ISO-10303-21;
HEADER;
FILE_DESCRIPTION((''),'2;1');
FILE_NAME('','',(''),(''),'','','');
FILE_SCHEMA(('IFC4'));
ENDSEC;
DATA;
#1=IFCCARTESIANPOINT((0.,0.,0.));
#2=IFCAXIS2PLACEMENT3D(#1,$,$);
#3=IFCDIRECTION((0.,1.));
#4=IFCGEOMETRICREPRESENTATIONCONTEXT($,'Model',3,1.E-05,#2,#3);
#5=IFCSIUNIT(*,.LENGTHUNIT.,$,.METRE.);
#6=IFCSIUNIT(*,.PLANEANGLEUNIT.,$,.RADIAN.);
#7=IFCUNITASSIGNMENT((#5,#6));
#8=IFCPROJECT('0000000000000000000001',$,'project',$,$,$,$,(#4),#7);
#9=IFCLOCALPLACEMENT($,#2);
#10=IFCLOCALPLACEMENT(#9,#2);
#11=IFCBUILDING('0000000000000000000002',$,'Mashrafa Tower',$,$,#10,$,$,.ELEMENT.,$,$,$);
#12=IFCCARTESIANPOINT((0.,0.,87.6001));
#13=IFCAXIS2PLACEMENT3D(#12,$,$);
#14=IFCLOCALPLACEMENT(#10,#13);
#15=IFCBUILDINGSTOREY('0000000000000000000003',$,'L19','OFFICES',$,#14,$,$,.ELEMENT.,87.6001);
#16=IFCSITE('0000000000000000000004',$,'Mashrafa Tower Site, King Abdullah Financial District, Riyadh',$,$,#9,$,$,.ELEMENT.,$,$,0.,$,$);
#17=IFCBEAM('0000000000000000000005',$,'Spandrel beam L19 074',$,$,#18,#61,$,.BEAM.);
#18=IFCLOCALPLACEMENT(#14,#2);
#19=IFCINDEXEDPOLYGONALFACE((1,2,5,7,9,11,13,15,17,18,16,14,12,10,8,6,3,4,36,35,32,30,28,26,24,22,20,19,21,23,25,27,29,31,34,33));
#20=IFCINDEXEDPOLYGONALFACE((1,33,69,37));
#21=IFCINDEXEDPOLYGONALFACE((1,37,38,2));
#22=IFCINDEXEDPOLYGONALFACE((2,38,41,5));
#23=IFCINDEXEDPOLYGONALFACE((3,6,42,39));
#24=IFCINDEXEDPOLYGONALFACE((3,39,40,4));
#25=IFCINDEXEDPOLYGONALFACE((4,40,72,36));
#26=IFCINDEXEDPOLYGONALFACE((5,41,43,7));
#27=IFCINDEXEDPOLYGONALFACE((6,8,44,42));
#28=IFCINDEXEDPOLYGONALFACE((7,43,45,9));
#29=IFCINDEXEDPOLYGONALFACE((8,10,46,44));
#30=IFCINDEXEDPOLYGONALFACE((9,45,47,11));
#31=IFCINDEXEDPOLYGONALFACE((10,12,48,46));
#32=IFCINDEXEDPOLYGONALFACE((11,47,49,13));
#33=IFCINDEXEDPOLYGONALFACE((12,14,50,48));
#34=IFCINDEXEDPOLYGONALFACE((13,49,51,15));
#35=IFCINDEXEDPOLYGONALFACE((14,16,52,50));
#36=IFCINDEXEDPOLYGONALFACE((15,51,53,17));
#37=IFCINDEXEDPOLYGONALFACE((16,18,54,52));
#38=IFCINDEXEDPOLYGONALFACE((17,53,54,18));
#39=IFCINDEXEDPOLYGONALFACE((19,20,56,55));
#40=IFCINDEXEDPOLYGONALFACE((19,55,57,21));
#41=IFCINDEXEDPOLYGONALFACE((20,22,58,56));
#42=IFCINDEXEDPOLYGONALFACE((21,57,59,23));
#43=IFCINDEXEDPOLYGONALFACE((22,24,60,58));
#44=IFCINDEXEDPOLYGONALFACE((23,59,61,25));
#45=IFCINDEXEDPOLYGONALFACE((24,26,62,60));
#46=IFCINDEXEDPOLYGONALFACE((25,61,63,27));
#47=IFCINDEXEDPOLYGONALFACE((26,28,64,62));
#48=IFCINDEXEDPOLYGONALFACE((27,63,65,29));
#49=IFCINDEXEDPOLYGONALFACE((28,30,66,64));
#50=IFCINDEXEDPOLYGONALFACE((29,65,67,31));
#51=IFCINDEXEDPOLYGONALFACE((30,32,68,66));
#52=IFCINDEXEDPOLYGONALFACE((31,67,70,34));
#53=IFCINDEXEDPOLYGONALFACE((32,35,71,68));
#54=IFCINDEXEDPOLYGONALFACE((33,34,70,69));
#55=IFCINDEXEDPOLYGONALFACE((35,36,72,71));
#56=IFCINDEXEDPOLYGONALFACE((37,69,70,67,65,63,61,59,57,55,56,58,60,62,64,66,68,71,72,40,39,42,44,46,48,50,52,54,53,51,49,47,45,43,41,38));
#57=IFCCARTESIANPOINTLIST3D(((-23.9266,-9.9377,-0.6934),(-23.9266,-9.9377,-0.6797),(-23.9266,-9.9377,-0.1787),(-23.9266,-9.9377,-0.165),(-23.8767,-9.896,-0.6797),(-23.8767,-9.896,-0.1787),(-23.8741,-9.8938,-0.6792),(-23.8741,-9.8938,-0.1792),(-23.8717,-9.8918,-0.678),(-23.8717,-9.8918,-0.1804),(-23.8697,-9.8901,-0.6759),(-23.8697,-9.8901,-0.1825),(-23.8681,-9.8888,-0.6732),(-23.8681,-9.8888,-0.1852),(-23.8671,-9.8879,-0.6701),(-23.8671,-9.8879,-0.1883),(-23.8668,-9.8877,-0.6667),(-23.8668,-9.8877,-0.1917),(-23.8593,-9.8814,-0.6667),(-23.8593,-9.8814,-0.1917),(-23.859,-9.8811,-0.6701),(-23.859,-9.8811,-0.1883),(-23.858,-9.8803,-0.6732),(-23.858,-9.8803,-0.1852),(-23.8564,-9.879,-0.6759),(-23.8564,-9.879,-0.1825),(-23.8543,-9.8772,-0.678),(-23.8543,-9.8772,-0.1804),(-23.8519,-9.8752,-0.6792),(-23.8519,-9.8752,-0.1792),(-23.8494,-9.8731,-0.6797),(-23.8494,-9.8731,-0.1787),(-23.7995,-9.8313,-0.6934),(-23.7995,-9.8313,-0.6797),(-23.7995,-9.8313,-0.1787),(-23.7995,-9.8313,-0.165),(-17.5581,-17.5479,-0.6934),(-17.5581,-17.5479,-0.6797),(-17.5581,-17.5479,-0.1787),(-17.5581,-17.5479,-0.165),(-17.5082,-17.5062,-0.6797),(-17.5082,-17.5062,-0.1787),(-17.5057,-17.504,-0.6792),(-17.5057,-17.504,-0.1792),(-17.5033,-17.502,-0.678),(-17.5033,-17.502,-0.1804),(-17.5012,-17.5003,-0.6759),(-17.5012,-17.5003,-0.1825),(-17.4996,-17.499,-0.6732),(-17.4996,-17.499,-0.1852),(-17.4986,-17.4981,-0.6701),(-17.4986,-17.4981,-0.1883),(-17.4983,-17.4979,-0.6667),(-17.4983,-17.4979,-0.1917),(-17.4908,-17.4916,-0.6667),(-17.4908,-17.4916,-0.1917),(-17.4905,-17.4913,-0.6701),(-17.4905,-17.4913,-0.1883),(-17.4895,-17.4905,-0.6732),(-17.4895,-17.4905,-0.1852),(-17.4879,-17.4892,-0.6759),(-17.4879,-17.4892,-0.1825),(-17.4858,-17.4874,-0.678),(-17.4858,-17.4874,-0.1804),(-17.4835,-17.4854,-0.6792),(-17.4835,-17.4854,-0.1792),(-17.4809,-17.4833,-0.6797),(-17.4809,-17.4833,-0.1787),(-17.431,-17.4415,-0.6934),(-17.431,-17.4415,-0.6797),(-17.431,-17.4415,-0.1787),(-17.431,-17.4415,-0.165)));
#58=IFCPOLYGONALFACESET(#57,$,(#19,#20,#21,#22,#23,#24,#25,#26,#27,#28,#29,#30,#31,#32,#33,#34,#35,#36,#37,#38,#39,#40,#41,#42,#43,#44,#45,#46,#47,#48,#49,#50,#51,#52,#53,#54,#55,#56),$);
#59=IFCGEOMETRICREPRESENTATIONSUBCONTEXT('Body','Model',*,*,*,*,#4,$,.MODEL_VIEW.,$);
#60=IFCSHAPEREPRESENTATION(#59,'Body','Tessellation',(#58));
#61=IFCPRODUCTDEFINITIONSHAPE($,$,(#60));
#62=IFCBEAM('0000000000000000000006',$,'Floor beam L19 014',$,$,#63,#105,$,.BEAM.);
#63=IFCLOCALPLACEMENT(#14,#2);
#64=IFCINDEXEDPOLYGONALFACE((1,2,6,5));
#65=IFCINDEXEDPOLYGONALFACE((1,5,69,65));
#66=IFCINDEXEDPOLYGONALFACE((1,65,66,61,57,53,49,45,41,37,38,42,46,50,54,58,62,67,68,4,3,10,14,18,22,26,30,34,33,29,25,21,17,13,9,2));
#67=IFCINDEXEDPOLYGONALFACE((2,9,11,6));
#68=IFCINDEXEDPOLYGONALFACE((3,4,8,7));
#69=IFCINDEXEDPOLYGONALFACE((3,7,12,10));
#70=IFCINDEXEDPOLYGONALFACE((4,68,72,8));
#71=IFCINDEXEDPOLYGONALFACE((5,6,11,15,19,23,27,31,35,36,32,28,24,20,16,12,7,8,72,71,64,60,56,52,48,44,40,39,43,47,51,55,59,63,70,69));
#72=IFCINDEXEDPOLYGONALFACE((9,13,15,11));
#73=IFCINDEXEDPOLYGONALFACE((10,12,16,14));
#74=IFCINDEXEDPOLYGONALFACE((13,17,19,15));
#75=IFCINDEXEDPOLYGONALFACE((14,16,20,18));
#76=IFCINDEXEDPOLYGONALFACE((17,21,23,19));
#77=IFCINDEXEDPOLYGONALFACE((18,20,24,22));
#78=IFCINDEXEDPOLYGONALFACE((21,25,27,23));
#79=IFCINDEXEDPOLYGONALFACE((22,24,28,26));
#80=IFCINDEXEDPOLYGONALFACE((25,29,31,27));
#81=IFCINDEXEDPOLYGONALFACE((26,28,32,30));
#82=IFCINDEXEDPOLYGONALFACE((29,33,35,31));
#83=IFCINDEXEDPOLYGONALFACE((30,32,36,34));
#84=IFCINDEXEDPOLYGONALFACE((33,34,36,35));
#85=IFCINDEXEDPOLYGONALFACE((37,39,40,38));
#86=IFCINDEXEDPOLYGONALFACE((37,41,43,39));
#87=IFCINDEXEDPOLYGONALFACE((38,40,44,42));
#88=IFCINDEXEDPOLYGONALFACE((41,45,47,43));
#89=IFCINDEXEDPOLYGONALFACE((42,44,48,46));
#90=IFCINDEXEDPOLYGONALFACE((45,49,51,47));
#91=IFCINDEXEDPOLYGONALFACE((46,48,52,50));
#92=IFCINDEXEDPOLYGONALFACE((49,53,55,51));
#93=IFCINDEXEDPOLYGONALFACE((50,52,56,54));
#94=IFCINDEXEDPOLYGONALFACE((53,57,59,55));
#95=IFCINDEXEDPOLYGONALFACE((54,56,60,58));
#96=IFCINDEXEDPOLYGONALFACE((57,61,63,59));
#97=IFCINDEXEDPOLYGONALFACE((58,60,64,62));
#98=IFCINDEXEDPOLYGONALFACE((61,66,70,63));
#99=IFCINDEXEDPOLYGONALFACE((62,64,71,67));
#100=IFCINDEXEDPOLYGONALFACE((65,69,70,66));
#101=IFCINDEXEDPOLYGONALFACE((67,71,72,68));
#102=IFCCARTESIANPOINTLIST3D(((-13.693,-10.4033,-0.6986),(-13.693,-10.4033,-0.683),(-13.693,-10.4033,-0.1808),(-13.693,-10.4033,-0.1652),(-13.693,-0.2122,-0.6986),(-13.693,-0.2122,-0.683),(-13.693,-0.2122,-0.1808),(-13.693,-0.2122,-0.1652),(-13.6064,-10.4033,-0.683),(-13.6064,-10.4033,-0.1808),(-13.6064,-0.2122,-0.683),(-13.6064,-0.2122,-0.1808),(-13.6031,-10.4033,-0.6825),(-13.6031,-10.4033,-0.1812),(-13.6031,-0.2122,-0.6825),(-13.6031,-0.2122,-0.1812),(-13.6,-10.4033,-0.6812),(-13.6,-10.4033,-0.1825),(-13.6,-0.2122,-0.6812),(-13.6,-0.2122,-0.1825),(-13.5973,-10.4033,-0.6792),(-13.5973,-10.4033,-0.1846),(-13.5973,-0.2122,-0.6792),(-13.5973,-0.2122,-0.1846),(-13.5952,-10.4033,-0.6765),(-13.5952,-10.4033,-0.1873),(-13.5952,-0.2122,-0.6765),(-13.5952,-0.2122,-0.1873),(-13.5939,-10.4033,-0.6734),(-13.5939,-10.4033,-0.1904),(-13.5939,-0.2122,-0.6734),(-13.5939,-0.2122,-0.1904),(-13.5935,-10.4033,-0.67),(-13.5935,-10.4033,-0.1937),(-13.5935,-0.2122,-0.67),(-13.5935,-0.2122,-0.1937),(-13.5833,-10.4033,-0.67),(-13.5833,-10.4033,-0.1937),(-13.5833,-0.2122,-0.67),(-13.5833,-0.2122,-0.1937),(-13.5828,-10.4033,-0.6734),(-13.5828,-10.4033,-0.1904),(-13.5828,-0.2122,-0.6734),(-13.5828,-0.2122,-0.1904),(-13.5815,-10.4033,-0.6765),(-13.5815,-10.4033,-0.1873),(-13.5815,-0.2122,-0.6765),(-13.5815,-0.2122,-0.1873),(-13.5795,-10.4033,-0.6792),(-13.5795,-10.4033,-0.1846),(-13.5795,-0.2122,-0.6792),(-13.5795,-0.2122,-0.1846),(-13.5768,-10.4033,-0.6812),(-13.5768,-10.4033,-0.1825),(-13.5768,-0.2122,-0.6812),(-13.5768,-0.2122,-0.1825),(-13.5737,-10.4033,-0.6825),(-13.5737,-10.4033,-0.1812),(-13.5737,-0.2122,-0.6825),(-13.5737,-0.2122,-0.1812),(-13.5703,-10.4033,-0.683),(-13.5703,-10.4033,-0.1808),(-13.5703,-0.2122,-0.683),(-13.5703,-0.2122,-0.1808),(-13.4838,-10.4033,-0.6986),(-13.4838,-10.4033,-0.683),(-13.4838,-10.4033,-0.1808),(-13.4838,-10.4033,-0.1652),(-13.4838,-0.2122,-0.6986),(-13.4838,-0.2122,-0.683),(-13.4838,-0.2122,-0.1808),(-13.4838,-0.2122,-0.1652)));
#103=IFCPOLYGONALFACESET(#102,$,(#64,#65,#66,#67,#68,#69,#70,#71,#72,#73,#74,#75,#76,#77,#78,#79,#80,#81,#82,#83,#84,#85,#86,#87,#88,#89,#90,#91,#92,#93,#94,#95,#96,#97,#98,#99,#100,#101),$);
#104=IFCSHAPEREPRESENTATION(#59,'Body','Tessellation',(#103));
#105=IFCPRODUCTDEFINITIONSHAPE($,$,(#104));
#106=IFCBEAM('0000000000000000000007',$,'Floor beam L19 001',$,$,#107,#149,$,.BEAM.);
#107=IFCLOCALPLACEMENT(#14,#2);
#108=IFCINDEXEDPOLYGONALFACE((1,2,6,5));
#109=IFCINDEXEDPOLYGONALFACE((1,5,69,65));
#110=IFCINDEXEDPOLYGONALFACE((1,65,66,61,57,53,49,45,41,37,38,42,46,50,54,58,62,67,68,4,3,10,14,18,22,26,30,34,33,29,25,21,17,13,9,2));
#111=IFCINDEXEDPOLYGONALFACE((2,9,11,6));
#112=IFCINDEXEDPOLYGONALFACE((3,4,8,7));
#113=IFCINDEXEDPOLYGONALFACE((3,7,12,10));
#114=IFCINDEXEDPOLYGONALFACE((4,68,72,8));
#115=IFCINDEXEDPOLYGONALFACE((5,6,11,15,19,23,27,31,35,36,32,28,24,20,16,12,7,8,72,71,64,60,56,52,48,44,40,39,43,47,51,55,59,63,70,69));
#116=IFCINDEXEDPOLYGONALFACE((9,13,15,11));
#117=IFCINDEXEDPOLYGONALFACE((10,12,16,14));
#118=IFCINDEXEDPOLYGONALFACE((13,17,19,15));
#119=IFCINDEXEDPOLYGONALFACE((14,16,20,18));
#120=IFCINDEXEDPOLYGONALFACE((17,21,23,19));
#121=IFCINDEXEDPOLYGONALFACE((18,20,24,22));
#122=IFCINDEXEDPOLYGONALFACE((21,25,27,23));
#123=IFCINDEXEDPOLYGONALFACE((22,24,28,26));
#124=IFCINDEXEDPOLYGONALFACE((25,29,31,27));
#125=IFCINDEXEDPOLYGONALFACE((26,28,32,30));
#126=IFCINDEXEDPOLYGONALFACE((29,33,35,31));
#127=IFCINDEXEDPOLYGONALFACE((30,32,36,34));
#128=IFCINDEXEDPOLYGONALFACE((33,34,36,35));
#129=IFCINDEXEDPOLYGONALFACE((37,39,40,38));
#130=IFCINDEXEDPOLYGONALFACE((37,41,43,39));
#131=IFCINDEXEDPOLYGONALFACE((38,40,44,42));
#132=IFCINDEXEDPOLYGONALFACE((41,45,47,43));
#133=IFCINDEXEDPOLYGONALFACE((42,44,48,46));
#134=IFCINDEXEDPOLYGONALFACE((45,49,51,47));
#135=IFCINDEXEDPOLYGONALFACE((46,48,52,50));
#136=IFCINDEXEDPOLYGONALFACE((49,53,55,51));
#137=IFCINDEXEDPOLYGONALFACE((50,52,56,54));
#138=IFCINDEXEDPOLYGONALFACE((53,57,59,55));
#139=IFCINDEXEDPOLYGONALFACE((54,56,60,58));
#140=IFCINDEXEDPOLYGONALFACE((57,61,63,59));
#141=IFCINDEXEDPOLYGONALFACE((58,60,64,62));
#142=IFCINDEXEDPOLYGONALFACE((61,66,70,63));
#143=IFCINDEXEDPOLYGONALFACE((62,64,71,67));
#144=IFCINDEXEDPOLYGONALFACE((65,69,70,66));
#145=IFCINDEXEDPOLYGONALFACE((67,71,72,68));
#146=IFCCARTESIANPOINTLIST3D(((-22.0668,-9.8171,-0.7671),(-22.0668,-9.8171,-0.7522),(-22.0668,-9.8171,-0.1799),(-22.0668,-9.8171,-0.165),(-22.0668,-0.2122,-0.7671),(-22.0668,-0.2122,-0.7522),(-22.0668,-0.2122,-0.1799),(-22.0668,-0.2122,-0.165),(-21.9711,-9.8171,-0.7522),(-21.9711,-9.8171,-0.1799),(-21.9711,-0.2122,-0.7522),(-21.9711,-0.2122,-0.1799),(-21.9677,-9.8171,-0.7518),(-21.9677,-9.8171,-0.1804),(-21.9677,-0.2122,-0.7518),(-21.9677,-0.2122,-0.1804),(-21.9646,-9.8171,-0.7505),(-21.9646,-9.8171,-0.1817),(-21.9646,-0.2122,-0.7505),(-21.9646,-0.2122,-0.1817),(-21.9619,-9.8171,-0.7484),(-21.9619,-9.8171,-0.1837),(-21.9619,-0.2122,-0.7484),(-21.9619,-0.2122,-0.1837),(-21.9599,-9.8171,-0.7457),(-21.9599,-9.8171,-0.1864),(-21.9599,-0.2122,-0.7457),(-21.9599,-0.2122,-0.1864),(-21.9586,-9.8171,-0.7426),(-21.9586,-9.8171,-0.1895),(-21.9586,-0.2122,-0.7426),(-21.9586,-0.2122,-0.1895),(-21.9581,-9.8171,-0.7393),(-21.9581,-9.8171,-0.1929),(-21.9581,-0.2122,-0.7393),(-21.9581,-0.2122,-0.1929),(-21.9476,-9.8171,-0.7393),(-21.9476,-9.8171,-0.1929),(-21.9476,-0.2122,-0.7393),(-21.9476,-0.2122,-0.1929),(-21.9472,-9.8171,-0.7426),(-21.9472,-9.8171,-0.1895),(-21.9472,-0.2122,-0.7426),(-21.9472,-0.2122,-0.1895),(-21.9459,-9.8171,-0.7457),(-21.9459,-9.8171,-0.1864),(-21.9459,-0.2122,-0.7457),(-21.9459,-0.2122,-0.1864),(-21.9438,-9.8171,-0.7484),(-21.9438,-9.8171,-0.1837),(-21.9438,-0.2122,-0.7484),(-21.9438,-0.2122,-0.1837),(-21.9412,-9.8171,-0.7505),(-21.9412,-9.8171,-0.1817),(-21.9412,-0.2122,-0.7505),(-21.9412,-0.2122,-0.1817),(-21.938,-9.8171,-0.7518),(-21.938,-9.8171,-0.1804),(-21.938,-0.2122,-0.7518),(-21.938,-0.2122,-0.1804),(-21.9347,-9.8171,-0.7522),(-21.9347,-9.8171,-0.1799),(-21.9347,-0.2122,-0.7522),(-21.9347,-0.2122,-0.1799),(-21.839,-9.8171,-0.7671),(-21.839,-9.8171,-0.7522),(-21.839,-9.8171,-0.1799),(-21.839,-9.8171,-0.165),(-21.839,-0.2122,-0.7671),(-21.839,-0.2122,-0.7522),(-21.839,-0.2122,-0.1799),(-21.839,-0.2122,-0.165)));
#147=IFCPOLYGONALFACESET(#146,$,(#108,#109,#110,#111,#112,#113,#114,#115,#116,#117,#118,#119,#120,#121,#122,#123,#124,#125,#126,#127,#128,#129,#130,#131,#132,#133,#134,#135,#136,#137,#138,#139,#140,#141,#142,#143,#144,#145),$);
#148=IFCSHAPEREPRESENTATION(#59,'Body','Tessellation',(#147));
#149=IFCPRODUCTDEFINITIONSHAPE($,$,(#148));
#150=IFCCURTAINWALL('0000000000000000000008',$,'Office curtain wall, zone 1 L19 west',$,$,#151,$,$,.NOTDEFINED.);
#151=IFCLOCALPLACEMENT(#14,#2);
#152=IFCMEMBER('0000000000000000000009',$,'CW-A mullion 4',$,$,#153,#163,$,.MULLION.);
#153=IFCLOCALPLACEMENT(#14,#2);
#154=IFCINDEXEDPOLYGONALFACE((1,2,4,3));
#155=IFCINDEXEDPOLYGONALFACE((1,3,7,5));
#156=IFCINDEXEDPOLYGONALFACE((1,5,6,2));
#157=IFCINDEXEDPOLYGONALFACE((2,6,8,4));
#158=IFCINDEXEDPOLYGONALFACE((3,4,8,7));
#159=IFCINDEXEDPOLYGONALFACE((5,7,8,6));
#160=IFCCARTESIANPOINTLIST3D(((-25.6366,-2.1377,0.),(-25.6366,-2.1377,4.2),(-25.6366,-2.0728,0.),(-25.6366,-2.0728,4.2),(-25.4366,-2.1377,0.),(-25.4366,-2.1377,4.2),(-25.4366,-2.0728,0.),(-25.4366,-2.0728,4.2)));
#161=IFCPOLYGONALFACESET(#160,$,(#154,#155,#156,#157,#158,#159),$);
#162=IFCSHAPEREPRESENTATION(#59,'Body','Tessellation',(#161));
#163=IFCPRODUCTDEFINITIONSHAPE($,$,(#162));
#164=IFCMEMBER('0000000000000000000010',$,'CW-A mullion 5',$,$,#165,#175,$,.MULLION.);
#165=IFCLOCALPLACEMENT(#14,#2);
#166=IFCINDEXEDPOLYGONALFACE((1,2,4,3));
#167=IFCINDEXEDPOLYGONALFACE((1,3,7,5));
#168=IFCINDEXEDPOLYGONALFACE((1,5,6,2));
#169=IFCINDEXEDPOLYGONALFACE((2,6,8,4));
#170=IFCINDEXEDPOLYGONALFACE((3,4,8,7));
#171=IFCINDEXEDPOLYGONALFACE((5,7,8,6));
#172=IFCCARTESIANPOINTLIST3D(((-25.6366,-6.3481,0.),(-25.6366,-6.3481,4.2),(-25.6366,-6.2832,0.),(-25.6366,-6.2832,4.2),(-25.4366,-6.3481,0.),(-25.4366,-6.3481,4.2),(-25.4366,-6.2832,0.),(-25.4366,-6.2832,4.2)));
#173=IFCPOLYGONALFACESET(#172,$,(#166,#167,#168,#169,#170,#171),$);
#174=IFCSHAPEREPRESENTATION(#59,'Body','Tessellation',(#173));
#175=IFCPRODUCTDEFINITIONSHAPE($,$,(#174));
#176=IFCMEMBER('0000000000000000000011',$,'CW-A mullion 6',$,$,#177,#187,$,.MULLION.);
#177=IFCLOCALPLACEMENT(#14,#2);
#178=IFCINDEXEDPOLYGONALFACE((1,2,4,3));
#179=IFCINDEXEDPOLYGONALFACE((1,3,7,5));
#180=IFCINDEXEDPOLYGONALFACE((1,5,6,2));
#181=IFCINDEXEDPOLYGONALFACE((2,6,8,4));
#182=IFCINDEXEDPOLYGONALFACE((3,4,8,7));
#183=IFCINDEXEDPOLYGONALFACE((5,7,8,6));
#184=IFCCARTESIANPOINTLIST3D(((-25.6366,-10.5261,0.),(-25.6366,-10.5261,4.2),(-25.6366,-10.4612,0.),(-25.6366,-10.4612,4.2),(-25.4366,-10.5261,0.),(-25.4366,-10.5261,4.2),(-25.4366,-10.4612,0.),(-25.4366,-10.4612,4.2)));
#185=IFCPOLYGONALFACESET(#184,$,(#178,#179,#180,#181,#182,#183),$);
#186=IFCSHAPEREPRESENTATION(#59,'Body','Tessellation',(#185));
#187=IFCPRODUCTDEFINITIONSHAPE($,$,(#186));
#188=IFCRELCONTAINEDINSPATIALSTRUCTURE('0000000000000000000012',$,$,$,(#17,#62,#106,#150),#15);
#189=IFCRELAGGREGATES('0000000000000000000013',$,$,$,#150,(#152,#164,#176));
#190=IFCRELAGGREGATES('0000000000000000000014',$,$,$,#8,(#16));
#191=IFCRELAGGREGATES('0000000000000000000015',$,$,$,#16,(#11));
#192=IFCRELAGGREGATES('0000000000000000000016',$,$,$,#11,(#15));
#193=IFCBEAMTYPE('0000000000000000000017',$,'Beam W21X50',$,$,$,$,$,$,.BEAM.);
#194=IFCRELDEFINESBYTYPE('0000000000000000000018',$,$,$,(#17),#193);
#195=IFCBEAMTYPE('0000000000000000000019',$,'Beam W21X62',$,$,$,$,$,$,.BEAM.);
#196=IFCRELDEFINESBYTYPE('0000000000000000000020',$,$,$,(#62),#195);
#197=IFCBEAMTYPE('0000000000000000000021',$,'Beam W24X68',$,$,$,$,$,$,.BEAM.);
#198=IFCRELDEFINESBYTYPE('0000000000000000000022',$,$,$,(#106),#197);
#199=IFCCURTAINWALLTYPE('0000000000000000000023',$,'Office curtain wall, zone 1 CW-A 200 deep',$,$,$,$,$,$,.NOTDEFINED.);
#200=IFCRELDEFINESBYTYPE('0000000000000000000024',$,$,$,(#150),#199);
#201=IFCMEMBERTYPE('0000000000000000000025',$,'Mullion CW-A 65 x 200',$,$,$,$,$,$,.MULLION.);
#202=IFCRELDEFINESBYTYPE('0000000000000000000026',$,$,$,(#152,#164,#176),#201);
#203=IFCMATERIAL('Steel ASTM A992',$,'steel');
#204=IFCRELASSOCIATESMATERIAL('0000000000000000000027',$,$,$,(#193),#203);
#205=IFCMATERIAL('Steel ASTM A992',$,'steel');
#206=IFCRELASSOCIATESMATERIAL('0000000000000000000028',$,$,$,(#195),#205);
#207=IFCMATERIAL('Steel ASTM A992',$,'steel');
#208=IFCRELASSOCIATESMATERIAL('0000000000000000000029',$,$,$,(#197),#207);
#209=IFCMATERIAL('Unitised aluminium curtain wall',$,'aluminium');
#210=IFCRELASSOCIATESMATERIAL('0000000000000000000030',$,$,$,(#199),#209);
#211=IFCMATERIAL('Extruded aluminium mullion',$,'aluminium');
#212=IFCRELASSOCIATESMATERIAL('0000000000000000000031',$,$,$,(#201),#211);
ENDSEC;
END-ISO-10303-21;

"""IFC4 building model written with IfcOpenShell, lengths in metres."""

from ifc_helpers import new_model, si_unit, direction, frame, origin, origin_2d, place, context, subcontext, project, spatial, rectangle, i_section, extrude, source, transform, mapped, material, material_profile, profile_set, type_object, type_shapes, element, aggregate, save


model = new_model("IFC4")

# Units and contexts
model_context = context("Model", 3, precision=1e-05, world=origin(), true_north=direction((0.0, 1.0)))
body_context = subcontext(model_context, "Body", "Model", "MODEL_VIEW")
ifc_project = project(units=[si_unit("LENGTHUNIT", "METRE"), si_unit("PLANEANGLEUNIT", "RADIAN")], contexts=[model_context])

# Site, building, storey
site_placement = place(None, origin())
site = spatial("IfcSite", under=ifc_project, at=site_placement, Name="Mashrafa Tower Site, King Abdullah Financial District, Riyadh", CompositionType="ELEMENT", RefElevation=0.0)
building_placement = place(site_placement, origin())
building = spatial("IfcBuilding", under=site, at=building_placement, Name="Mashrafa Tower", CompositionType="ELEMENT")
storey_placement = place(building_placement, frame((0.0, 0.0, 87.6001)))
storey = spatial("IfcBuildingStorey", under=building, at=storey_placement, Name="L19", Description="OFFICES", CompositionType="ELEMENT", Elevation=87.6001)

# Beams
ifc_material_1 = material(Name="Steel ASTM A992", Category="steel")
ifc_material_profile_1 = material_profile(ifc_material_1, i_section(OverallWidth=0.1658, OverallDepth=0.5283, WebThickness=0.0098, FlangeThickness=0.0137, FilletRadius=0.0129, at=origin_2d()), Name="W21X50")
ifc_profile_set_1 = profile_set([ifc_material_profile_1], Name="Steel ASTM A992")
beam_type_1 = type_object("IfcBeamType", Name="Beam W21X50", PredefinedType="BEAM", material=ifc_profile_set_1)
for number, where, z_axis, x_axis, name in (
    (1, (-23.863, -9.8845, -0.4292), (0.641768, -0.766899, 0.0), (0.766899, 0.641768, 0.0), "Spandrel beam L19 074"),
):
    element("IfcBeam", number, at=place(storey_placement, frame(where, z_axis=z_axis, x_axis=x_axis)), inside=storey, type_object=beam_type_1, Name=name, PredefinedType="BEAM", context=body_context, shape_type="SweptSolid", body=[
        extrude(i_section(OverallWidth=0.1658, OverallDepth=0.5283, WebThickness=0.0098, FlangeThickness=0.0137, FilletRadius=0.0129, at=origin_2d()), origin(), (0.0, 0.0, 1.0), 9.9233),
    ])
ifc_material_2 = material(Name="Steel ASTM A992", Category="steel")
ifc_material_profile_2 = material_profile(ifc_material_2, i_section(OverallWidth=0.2092, OverallDepth=0.5334, WebThickness=0.0103, FlangeThickness=0.0156, FilletRadius=0.0129, at=origin_2d()), Name="W21X62")
ifc_profile_set_2 = profile_set([ifc_material_profile_2], Name="Steel ASTM A992")
beam_type_2 = type_object("IfcBeamType", Name="Beam W21X62", PredefinedType="BEAM", material=ifc_profile_set_2)
beam_1_placement = place(storey_placement, frame((-13.5884, -10.4033, -0.4319), z_axis=(0.0, 1.0, 0.0), x_axis=(-1.0, 0.0, 0.0)))
element("IfcBeam", 2, at=beam_1_placement, inside=storey, type_object=beam_type_2, Name="Floor beam L19 014", PredefinedType="BEAM", context=body_context, shape_type="SweptSolid", body=[
    extrude(i_section(OverallWidth=0.2092, OverallDepth=0.5334, WebThickness=0.0103, FlangeThickness=0.0156, FilletRadius=0.0129, at=origin_2d()), origin(), (0.0, 0.0, 1.0), 10.1912),
])
ifc_material_3 = material(Name="Steel ASTM A992", Category="steel")
ifc_material_profile_3 = material_profile(ifc_material_3, i_section(OverallWidth=0.2278, OverallDepth=0.6021, WebThickness=0.0105, FlangeThickness=0.0149, FilletRadius=0.0129, at=origin_2d()), Name="W24X68")
ifc_profile_set_3 = profile_set([ifc_material_profile_3], Name="Steel ASTM A992")
beam_type_3 = type_object("IfcBeamType", Name="Beam W24X68", PredefinedType="BEAM", material=ifc_profile_set_3)
beam_2_placement = place(storey_placement, frame((-21.9529, -9.8171, -0.4661), z_axis=(0.0, 1.0, 0.0), x_axis=(-1.0, 0.0, 0.0)))
element("IfcBeam", 3, at=beam_2_placement, inside=storey, type_object=beam_type_3, Name="Floor beam L19 001", PredefinedType="BEAM", context=body_context, shape_type="SweptSolid", body=[
    extrude(i_section(OverallWidth=0.2278, OverallDepth=0.6021, WebThickness=0.0105, FlangeThickness=0.0149, FilletRadius=0.0129, at=origin_2d()), origin(), (0.0, 0.0, 1.0), 9.605),
])

# Curtain wall, members
ifc_material_4 = material(Name="Unitised aluminium curtain wall", Category="aluminium")
curtain_wall_type = type_object("IfcCurtainWallType", Name="Office curtain wall, zone 1 CW-A 200 deep", PredefinedType="NOTDEFINED", material=ifc_material_4)
curtain_wall_placement = place(storey_placement, origin())
curtain_wall = element("IfcCurtainWall", 4, at=curtain_wall_placement, inside=storey, type_object=curtain_wall_type, Name="Office curtain wall, zone 1 L19 west", PredefinedType="NOTDEFINED")
ifc_material_5 = material(Name="Extruded aluminium mullion", Category="aluminium")
ifc_material_profile_4 = material_profile(ifc_material_5, rectangle(XDim=0.2, YDim=0.0649, at=origin_2d()), Name="Mullion 65x200")
ifc_profile_set_4 = profile_set([ifc_material_profile_4], Name="Extruded aluminium mullion")
member_type_1 = type_object("IfcMemberType", Name="Mullion CW-A 65 x 200", PredefinedType="MULLION", material=ifc_profile_set_4)
shared_shape_1 = source(origin(), body_context, "Body", "SweptSolid", [
    extrude(rectangle(XDim=0.2, YDim=0.0649, at=origin_2d()), origin(), (0.0, 0.0, 1.0), 4.2),
])
type_shapes(member_type_1, [shared_shape_1])
member_1_placement = place(storey_placement, frame((-25.5366, -2.1052, 0.0), z_axis=(0.0, 0.0, 1.0), x_axis=(1.0, 0.0, 0.0)))
member_1 = element("IfcMember", 5, at=member_1_placement, type_object=member_type_1, Name="CW-A mullion 4", PredefinedType="MULLION", context=body_context, shape_type="MappedRepresentation", body=[
    mapped(shared_shape_1, transform((0.0, 0.0, 0.0))),
])
member_2_placement = place(storey_placement, frame((-25.5366, -6.3157, 0.0), z_axis=(0.0, 0.0, 1.0), x_axis=(1.0, 0.0, 0.0)))
member_2 = element("IfcMember", 6, at=member_2_placement, type_object=member_type_1, Name="CW-A mullion 5", PredefinedType="MULLION", context=body_context, shape_type="MappedRepresentation", body=[
    mapped(shared_shape_1, transform((0.0, 0.0, 0.0))),
])
member_3_placement = place(storey_placement, frame((-25.5366, -10.4937, 0.0), z_axis=(0.0, 0.0, 1.0), x_axis=(1.0, 0.0, 0.0)))
member_3 = element("IfcMember", 7, at=member_3_placement, type_object=member_type_1, Name="CW-A mullion 6", PredefinedType="MULLION", context=body_context, shape_type="MappedRepresentation", body=[
    mapped(shared_shape_1, transform((0.0, 0.0, 0.0))),
])
aggregate(curtain_wall, [member_1, member_2, member_3])

save(model, "model.ifc")
